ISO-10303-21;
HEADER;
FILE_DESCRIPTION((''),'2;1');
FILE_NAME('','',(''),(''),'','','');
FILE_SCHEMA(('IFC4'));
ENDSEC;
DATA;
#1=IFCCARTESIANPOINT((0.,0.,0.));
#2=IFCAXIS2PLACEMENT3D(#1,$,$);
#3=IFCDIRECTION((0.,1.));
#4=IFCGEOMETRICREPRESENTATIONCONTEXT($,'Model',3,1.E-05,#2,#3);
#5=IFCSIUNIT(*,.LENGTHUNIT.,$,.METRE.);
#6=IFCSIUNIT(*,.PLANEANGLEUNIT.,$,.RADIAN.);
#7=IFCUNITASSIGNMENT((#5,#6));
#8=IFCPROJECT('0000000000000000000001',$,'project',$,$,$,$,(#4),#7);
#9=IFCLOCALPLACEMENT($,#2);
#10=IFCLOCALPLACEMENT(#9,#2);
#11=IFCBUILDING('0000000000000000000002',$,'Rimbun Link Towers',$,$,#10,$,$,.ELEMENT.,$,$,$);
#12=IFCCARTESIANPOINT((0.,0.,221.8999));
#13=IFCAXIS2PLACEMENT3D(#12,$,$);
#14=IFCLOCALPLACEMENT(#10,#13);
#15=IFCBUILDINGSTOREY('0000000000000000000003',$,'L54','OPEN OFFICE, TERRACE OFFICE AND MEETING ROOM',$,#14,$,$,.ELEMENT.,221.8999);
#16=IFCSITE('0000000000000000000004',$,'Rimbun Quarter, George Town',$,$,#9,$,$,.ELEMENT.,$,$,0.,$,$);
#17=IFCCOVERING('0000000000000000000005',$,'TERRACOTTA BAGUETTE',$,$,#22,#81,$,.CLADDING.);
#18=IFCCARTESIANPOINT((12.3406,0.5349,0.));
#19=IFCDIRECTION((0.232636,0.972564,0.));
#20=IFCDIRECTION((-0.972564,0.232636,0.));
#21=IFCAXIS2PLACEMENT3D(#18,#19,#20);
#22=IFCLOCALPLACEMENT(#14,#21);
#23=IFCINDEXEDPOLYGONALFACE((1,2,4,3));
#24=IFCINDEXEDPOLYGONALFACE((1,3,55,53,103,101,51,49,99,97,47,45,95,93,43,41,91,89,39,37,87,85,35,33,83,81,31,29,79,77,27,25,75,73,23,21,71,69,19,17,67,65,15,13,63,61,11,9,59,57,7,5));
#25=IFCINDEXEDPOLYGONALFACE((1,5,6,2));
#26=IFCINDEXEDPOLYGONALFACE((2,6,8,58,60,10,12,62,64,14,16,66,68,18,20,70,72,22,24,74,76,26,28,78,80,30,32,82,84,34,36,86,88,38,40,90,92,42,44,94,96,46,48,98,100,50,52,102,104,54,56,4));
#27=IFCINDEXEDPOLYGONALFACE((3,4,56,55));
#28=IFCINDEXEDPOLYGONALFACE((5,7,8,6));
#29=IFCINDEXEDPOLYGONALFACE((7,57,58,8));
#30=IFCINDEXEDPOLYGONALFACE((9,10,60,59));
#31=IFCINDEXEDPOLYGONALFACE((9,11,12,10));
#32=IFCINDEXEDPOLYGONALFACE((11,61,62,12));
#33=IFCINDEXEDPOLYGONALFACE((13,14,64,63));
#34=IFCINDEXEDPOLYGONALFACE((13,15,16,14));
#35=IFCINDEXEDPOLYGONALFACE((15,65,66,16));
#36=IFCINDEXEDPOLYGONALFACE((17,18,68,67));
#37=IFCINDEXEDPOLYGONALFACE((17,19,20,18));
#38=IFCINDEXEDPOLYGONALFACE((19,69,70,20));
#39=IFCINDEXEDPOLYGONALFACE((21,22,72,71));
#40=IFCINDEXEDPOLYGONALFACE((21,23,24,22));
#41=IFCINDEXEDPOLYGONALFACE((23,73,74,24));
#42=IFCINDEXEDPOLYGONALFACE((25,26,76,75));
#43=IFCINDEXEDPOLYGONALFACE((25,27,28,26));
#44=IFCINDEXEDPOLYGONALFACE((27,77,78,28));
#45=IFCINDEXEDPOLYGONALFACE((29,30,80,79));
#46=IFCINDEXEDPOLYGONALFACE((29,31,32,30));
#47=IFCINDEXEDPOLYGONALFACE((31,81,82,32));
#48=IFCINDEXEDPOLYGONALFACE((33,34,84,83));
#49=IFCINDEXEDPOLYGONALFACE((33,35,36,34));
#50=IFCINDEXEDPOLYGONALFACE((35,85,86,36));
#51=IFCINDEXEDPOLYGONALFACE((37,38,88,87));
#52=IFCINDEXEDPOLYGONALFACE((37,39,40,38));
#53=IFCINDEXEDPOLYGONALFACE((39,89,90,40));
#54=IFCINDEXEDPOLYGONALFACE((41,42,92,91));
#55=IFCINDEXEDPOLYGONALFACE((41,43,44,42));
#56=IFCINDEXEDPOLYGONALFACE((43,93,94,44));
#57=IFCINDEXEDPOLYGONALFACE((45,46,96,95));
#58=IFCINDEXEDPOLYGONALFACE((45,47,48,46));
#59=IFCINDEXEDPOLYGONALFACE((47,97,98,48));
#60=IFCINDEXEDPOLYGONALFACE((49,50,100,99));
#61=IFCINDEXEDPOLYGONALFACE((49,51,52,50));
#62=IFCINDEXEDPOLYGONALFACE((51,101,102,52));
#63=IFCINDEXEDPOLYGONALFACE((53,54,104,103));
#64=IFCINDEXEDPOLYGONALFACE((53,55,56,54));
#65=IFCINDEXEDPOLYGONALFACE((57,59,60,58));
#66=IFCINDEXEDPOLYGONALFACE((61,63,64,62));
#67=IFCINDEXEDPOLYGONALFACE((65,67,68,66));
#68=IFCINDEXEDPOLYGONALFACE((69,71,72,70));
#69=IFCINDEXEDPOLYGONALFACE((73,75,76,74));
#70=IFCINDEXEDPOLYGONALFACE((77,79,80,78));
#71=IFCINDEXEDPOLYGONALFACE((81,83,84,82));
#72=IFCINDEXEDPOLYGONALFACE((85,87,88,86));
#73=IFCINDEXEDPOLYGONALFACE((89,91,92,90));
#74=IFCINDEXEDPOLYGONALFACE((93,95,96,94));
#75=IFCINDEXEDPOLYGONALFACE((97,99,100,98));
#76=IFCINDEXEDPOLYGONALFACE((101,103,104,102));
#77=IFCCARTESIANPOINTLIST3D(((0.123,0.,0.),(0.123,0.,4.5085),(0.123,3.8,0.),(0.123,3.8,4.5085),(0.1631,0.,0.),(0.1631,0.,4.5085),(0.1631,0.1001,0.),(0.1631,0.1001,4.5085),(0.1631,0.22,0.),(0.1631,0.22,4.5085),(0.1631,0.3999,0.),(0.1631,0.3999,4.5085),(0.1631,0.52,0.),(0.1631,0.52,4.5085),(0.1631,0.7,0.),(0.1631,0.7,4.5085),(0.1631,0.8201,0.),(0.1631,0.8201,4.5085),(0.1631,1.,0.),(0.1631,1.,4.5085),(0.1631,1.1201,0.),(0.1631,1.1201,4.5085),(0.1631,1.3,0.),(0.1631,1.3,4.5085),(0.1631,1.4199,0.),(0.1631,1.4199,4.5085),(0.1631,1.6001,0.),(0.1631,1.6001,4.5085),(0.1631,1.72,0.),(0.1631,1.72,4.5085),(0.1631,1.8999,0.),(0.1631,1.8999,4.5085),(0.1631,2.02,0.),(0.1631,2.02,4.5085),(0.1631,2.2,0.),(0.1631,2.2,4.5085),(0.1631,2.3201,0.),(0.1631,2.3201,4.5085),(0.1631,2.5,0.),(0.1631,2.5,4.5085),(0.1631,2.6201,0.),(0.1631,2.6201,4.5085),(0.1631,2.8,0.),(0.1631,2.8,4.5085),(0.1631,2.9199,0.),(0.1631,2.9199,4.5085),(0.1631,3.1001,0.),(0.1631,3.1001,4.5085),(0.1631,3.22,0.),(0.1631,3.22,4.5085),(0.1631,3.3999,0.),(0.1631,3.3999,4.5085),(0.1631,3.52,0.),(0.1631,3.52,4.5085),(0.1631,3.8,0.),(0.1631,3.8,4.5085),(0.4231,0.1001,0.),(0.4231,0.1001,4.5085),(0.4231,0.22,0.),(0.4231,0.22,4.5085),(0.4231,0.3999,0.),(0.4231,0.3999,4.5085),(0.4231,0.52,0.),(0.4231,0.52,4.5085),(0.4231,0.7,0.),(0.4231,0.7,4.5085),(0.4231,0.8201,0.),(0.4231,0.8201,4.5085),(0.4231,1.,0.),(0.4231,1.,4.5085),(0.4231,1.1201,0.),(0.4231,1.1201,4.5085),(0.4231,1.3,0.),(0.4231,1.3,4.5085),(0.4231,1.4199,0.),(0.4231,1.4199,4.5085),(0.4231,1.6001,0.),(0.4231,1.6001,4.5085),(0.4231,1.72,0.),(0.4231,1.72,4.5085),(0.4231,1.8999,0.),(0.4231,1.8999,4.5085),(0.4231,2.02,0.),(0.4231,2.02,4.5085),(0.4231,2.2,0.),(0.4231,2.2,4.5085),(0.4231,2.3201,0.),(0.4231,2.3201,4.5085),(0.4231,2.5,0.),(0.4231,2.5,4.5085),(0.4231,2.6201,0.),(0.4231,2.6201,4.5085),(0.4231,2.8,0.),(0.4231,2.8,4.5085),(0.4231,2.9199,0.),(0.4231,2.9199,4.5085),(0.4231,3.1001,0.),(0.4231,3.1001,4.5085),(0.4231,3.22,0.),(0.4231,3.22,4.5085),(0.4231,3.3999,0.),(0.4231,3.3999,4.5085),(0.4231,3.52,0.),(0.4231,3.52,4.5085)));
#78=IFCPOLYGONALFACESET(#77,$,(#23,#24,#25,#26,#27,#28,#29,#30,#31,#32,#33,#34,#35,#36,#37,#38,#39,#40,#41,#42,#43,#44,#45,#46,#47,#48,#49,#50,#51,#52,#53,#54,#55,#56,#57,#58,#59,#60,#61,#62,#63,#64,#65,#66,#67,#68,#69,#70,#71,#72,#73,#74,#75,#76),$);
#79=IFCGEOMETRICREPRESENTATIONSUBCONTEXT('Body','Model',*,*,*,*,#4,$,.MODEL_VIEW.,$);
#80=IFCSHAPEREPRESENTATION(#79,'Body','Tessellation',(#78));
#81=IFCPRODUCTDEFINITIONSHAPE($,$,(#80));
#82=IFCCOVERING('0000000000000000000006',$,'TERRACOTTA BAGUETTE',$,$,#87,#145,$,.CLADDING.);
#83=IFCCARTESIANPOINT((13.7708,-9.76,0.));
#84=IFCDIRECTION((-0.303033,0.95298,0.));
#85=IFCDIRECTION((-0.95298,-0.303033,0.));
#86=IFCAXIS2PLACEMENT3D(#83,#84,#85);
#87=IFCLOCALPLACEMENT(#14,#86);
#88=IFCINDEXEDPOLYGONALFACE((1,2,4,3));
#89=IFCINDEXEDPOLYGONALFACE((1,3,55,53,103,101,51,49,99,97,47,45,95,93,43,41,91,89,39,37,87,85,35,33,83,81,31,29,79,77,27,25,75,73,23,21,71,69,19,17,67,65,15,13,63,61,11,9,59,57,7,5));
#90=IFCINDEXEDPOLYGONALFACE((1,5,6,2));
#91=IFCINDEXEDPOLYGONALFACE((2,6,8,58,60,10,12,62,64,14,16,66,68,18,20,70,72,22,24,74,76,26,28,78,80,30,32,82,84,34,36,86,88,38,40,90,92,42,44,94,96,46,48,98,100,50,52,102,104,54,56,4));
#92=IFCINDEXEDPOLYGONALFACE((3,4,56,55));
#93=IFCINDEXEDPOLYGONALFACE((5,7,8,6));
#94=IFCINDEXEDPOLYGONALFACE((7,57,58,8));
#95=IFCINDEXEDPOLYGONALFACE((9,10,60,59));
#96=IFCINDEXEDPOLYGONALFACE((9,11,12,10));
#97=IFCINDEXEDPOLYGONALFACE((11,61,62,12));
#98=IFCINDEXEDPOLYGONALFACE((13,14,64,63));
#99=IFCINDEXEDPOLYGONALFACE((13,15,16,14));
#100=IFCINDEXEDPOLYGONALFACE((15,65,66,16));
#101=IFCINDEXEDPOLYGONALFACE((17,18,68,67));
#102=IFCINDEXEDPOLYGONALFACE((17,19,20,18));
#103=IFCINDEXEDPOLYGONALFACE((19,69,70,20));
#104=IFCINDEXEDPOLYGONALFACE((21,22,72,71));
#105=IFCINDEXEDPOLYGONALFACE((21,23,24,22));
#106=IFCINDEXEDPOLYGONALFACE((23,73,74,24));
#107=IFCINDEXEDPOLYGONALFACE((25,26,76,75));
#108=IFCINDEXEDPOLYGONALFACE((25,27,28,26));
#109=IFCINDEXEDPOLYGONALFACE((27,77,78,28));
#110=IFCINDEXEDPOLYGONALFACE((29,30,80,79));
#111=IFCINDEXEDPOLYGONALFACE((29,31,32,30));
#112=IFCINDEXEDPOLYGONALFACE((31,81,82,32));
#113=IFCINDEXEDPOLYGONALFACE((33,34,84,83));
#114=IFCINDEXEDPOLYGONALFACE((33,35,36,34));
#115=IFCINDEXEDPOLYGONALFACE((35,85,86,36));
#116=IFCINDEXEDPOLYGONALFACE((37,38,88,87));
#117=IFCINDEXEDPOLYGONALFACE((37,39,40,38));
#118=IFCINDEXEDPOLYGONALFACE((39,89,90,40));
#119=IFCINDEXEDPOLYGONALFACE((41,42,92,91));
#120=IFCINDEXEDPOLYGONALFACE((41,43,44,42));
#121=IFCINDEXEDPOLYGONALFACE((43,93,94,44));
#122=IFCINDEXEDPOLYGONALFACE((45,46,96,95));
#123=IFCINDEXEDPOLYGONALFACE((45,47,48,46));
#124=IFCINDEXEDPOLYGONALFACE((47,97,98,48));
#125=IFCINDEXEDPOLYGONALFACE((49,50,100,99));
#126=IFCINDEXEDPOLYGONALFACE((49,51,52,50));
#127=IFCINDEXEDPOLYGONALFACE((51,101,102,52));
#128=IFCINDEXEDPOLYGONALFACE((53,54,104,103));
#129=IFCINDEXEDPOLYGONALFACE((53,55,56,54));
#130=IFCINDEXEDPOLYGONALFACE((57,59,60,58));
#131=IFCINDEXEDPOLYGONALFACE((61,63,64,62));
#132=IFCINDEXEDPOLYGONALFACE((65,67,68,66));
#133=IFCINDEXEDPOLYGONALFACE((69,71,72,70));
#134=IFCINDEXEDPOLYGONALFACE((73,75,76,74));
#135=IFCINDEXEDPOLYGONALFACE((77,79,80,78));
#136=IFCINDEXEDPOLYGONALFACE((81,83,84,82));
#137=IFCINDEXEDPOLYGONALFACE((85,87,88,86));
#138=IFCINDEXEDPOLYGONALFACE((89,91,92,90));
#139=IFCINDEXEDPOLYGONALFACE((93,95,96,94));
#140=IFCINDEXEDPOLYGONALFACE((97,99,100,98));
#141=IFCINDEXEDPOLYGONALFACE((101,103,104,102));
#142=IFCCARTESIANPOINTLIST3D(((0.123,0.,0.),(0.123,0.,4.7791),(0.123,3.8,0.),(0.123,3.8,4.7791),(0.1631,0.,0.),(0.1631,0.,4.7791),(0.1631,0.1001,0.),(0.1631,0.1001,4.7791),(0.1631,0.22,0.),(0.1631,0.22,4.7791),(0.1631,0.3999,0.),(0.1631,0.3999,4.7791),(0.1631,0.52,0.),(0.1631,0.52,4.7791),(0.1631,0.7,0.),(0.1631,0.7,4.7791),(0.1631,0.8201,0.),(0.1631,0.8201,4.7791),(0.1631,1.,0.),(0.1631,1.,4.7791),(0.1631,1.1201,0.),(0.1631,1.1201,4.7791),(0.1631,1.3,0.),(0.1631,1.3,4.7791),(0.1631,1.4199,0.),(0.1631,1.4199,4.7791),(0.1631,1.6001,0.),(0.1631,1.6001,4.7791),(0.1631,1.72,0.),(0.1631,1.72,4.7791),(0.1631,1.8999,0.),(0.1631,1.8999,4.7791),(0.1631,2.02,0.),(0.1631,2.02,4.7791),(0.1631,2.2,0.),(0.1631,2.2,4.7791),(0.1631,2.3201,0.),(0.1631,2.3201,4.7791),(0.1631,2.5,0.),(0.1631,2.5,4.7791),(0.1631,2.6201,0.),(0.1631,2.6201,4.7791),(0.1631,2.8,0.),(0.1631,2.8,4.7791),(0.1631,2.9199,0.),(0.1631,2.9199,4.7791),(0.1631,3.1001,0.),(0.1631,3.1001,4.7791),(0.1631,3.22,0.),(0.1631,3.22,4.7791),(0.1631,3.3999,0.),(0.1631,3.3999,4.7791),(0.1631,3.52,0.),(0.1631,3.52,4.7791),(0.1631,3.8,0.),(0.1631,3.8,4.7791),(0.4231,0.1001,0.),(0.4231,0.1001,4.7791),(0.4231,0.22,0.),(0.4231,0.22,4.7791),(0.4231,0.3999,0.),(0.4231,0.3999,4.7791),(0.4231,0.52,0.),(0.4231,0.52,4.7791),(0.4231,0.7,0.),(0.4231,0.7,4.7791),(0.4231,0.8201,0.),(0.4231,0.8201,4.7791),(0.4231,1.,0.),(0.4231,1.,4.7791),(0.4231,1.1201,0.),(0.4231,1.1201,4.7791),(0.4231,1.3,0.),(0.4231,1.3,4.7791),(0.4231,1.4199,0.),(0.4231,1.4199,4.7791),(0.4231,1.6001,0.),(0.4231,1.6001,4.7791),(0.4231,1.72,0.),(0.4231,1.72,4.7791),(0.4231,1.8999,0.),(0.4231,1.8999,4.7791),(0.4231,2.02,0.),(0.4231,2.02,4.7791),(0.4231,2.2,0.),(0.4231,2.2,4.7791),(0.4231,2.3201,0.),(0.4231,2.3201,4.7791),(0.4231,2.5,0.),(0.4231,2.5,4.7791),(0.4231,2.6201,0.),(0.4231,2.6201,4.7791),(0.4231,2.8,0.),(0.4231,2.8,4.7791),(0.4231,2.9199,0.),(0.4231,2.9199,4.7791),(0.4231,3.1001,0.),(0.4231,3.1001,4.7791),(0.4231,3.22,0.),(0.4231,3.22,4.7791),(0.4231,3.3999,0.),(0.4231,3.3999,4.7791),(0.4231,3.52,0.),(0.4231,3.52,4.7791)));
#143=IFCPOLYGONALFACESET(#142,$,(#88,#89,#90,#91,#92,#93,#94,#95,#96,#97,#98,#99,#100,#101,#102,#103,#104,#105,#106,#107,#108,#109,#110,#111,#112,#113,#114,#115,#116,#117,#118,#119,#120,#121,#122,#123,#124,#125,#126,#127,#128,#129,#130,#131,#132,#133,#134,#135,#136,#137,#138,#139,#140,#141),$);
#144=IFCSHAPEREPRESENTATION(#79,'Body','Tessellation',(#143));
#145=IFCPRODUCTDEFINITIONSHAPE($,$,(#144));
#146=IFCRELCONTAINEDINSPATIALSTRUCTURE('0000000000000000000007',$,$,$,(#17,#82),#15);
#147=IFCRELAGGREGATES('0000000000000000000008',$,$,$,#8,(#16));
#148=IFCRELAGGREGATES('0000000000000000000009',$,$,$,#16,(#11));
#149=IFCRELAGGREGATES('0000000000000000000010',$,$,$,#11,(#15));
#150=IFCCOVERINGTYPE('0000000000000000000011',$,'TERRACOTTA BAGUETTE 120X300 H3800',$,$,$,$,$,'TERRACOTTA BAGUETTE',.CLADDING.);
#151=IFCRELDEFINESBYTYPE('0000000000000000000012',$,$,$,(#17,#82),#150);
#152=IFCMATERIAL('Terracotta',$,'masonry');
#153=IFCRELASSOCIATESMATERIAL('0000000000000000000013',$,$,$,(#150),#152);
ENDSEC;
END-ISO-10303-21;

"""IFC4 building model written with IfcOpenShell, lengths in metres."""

from ifc_helpers import new_model, si_unit, direction, frame, origin, place, context, subcontext, project, spatial, polyline, outline, extrude, material, material_profile, profile_set, type_object, element, save


model = new_model("IFC4")

# Units and contexts
model_context = context("Model", 3, precision=1e-05, world=origin(), true_north=direction((0.0, 1.0)))
body_context = subcontext(model_context, "Body", "Model", "MODEL_VIEW")
ifc_project = project(units=[si_unit("LENGTHUNIT", "METRE"), si_unit("PLANEANGLEUNIT", "RADIAN")], contexts=[model_context])

# Site, building, storey
site_placement = place(None, origin())
site = spatial("IfcSite", under=ifc_project, at=site_placement, Name="Rimbun Quarter, George Town", CompositionType="ELEMENT", RefElevation=0.0)
building_placement = place(site_placement, origin())
building = spatial("IfcBuilding", under=site, at=building_placement, Name="Rimbun Link Towers", CompositionType="ELEMENT")
storey_placement = place(building_placement, frame((0.0, 0.0, 221.8999)))
storey = spatial("IfcBuildingStorey", under=building, at=storey_placement, Name="L54", Description="OPEN OFFICE, TERRACE OFFICE AND MEETING ROOM", CompositionType="ELEMENT", Elevation=221.8999)

# Coverings
ifc_material_1 = material(Name="Terracotta", Category="masonry")
ifc_material_profile_1 = material_profile(ifc_material_1, outline(polyline([(0.123, 0.0), (0.1631, 0.0), (0.1631, 0.1001), (0.4231, 0.1001), (0.4231, 0.22), (0.1631, 0.22), (0.1631, 0.3999), (0.4231, 0.3999), (0.4231, 0.52), (0.1631, 0.52), (0.1631, 0.7), (0.4231, 0.7), (0.4231, 0.8201), (0.1631, 0.8201), (0.1631, 1.0), (0.4231, 1.0), (0.4231, 1.1201), (0.1631, 1.1201), (0.1631, 1.3), (0.4231, 1.3), (0.4231, 1.4199), (0.1631, 1.4199), (0.1631, 1.6001), (0.4231, 1.6001), (0.4231, 1.72), (0.1631, 1.72), (0.1631, 1.8999), (0.4231, 1.8999), (0.4231, 2.02), (0.1631, 2.02), (0.1631, 2.2), (0.4231, 2.2), (0.4231, 2.3201), (0.1631, 2.3201), (0.1631, 2.5), (0.4231, 2.5), (0.4231, 2.6201), (0.1631, 2.6201), (0.1631, 2.8), (0.4231, 2.8), (0.4231, 2.9199), (0.1631, 2.9199), (0.1631, 3.1001), (0.4231, 3.1001), (0.4231, 3.22), (0.1631, 3.22), (0.1631, 3.3999), (0.4231, 3.3999), (0.4231, 3.52), (0.1631, 3.52), (0.1631, 3.8), (0.123, 3.8), (0.123, 0.0)])), Name="BAGUETTE 120X300")
ifc_profile_set_1 = profile_set([ifc_material_profile_1], Name="Terracotta")
covering_type = type_object("IfcCoveringType", Name="TERRACOTTA BAGUETTE 120X300 H3800", ElementType="TERRACOTTA BAGUETTE", PredefinedType="CLADDING", material=ifc_profile_set_1)
covering_1_placement = place(storey_placement, frame((12.3406, 0.5349, 0.0), z_axis=(0.232636, 0.972564, 0.0), x_axis=(-0.972564, 0.232636, 0.0)))
element("IfcCovering", 1, at=covering_1_placement, inside=storey, type_object=covering_type, Name="TERRACOTTA BAGUETTE", PredefinedType="CLADDING", context=body_context, shape_type="SweptSolid", body=[
    extrude(outline(polyline([(0.123, 0.0), (0.1631, 0.0), (0.1631, 0.1001), (0.4231, 0.1001), (0.4231, 0.22), (0.1631, 0.22), (0.1631, 0.3999), (0.4231, 0.3999), (0.4231, 0.52), (0.1631, 0.52), (0.1631, 0.7), (0.4231, 0.7), (0.4231, 0.8201), (0.1631, 0.8201), (0.1631, 1.0), (0.4231, 1.0), (0.4231, 1.1201), (0.1631, 1.1201), (0.1631, 1.3), (0.4231, 1.3), (0.4231, 1.4199), (0.1631, 1.4199), (0.1631, 1.6001), (0.4231, 1.6001), (0.4231, 1.72), (0.1631, 1.72), (0.1631, 1.8999), (0.4231, 1.8999), (0.4231, 2.02), (0.1631, 2.02), (0.1631, 2.2), (0.4231, 2.2), (0.4231, 2.3201), (0.1631, 2.3201), (0.1631, 2.5), (0.4231, 2.5), (0.4231, 2.6201), (0.1631, 2.6201), (0.1631, 2.8), (0.4231, 2.8), (0.4231, 2.9199), (0.1631, 2.9199), (0.1631, 3.1001), (0.4231, 3.1001), (0.4231, 3.22), (0.1631, 3.22), (0.1631, 3.3999), (0.4231, 3.3999), (0.4231, 3.52), (0.1631, 3.52), (0.1631, 3.8), (0.123, 3.8), (0.123, 0.0)])), origin(), (0.0, 0.0, 1.0), 4.5085),
])
covering_2_placement = place(storey_placement, frame((13.7708, -9.76, 0.0), z_axis=(-0.303033, 0.95298, 0.0), x_axis=(-0.95298, -0.303033, 0.0)))
element("IfcCovering", 2, at=covering_2_placement, inside=storey, type_object=covering_type, Name="TERRACOTTA BAGUETTE", PredefinedType="CLADDING", context=body_context, shape_type="SweptSolid", body=[
    extrude(outline(polyline([(0.123, 0.0), (0.1631, 0.0), (0.1631, 0.1001), (0.4231, 0.1001), (0.4231, 0.22), (0.1631, 0.22), (0.1631, 0.3999), (0.4231, 0.3999), (0.4231, 0.52), (0.1631, 0.52), (0.1631, 0.7), (0.4231, 0.7), (0.4231, 0.8201), (0.1631, 0.8201), (0.1631, 1.0), (0.4231, 1.0), (0.4231, 1.1201), (0.1631, 1.1201), (0.1631, 1.3), (0.4231, 1.3), (0.4231, 1.4199), (0.1631, 1.4199), (0.1631, 1.6001), (0.4231, 1.6001), (0.4231, 1.72), (0.1631, 1.72), (0.1631, 1.8999), (0.4231, 1.8999), (0.4231, 2.02), (0.1631, 2.02), (0.1631, 2.2), (0.4231, 2.2), (0.4231, 2.3201), (0.1631, 2.3201), (0.1631, 2.5), (0.4231, 2.5), (0.4231, 2.6201), (0.1631, 2.6201), (0.1631, 2.8), (0.4231, 2.8), (0.4231, 2.9199), (0.1631, 2.9199), (0.1631, 3.1001), (0.4231, 3.1001), (0.4231, 3.22), (0.1631, 3.22), (0.1631, 3.3999), (0.4231, 3.3999), (0.4231, 3.52), (0.1631, 3.52), (0.1631, 3.8), (0.123, 3.8), (0.123, 0.0)])), origin(), (0.0, 0.0, 1.0), 4.7791),
])

save(model, "model.ifc")
